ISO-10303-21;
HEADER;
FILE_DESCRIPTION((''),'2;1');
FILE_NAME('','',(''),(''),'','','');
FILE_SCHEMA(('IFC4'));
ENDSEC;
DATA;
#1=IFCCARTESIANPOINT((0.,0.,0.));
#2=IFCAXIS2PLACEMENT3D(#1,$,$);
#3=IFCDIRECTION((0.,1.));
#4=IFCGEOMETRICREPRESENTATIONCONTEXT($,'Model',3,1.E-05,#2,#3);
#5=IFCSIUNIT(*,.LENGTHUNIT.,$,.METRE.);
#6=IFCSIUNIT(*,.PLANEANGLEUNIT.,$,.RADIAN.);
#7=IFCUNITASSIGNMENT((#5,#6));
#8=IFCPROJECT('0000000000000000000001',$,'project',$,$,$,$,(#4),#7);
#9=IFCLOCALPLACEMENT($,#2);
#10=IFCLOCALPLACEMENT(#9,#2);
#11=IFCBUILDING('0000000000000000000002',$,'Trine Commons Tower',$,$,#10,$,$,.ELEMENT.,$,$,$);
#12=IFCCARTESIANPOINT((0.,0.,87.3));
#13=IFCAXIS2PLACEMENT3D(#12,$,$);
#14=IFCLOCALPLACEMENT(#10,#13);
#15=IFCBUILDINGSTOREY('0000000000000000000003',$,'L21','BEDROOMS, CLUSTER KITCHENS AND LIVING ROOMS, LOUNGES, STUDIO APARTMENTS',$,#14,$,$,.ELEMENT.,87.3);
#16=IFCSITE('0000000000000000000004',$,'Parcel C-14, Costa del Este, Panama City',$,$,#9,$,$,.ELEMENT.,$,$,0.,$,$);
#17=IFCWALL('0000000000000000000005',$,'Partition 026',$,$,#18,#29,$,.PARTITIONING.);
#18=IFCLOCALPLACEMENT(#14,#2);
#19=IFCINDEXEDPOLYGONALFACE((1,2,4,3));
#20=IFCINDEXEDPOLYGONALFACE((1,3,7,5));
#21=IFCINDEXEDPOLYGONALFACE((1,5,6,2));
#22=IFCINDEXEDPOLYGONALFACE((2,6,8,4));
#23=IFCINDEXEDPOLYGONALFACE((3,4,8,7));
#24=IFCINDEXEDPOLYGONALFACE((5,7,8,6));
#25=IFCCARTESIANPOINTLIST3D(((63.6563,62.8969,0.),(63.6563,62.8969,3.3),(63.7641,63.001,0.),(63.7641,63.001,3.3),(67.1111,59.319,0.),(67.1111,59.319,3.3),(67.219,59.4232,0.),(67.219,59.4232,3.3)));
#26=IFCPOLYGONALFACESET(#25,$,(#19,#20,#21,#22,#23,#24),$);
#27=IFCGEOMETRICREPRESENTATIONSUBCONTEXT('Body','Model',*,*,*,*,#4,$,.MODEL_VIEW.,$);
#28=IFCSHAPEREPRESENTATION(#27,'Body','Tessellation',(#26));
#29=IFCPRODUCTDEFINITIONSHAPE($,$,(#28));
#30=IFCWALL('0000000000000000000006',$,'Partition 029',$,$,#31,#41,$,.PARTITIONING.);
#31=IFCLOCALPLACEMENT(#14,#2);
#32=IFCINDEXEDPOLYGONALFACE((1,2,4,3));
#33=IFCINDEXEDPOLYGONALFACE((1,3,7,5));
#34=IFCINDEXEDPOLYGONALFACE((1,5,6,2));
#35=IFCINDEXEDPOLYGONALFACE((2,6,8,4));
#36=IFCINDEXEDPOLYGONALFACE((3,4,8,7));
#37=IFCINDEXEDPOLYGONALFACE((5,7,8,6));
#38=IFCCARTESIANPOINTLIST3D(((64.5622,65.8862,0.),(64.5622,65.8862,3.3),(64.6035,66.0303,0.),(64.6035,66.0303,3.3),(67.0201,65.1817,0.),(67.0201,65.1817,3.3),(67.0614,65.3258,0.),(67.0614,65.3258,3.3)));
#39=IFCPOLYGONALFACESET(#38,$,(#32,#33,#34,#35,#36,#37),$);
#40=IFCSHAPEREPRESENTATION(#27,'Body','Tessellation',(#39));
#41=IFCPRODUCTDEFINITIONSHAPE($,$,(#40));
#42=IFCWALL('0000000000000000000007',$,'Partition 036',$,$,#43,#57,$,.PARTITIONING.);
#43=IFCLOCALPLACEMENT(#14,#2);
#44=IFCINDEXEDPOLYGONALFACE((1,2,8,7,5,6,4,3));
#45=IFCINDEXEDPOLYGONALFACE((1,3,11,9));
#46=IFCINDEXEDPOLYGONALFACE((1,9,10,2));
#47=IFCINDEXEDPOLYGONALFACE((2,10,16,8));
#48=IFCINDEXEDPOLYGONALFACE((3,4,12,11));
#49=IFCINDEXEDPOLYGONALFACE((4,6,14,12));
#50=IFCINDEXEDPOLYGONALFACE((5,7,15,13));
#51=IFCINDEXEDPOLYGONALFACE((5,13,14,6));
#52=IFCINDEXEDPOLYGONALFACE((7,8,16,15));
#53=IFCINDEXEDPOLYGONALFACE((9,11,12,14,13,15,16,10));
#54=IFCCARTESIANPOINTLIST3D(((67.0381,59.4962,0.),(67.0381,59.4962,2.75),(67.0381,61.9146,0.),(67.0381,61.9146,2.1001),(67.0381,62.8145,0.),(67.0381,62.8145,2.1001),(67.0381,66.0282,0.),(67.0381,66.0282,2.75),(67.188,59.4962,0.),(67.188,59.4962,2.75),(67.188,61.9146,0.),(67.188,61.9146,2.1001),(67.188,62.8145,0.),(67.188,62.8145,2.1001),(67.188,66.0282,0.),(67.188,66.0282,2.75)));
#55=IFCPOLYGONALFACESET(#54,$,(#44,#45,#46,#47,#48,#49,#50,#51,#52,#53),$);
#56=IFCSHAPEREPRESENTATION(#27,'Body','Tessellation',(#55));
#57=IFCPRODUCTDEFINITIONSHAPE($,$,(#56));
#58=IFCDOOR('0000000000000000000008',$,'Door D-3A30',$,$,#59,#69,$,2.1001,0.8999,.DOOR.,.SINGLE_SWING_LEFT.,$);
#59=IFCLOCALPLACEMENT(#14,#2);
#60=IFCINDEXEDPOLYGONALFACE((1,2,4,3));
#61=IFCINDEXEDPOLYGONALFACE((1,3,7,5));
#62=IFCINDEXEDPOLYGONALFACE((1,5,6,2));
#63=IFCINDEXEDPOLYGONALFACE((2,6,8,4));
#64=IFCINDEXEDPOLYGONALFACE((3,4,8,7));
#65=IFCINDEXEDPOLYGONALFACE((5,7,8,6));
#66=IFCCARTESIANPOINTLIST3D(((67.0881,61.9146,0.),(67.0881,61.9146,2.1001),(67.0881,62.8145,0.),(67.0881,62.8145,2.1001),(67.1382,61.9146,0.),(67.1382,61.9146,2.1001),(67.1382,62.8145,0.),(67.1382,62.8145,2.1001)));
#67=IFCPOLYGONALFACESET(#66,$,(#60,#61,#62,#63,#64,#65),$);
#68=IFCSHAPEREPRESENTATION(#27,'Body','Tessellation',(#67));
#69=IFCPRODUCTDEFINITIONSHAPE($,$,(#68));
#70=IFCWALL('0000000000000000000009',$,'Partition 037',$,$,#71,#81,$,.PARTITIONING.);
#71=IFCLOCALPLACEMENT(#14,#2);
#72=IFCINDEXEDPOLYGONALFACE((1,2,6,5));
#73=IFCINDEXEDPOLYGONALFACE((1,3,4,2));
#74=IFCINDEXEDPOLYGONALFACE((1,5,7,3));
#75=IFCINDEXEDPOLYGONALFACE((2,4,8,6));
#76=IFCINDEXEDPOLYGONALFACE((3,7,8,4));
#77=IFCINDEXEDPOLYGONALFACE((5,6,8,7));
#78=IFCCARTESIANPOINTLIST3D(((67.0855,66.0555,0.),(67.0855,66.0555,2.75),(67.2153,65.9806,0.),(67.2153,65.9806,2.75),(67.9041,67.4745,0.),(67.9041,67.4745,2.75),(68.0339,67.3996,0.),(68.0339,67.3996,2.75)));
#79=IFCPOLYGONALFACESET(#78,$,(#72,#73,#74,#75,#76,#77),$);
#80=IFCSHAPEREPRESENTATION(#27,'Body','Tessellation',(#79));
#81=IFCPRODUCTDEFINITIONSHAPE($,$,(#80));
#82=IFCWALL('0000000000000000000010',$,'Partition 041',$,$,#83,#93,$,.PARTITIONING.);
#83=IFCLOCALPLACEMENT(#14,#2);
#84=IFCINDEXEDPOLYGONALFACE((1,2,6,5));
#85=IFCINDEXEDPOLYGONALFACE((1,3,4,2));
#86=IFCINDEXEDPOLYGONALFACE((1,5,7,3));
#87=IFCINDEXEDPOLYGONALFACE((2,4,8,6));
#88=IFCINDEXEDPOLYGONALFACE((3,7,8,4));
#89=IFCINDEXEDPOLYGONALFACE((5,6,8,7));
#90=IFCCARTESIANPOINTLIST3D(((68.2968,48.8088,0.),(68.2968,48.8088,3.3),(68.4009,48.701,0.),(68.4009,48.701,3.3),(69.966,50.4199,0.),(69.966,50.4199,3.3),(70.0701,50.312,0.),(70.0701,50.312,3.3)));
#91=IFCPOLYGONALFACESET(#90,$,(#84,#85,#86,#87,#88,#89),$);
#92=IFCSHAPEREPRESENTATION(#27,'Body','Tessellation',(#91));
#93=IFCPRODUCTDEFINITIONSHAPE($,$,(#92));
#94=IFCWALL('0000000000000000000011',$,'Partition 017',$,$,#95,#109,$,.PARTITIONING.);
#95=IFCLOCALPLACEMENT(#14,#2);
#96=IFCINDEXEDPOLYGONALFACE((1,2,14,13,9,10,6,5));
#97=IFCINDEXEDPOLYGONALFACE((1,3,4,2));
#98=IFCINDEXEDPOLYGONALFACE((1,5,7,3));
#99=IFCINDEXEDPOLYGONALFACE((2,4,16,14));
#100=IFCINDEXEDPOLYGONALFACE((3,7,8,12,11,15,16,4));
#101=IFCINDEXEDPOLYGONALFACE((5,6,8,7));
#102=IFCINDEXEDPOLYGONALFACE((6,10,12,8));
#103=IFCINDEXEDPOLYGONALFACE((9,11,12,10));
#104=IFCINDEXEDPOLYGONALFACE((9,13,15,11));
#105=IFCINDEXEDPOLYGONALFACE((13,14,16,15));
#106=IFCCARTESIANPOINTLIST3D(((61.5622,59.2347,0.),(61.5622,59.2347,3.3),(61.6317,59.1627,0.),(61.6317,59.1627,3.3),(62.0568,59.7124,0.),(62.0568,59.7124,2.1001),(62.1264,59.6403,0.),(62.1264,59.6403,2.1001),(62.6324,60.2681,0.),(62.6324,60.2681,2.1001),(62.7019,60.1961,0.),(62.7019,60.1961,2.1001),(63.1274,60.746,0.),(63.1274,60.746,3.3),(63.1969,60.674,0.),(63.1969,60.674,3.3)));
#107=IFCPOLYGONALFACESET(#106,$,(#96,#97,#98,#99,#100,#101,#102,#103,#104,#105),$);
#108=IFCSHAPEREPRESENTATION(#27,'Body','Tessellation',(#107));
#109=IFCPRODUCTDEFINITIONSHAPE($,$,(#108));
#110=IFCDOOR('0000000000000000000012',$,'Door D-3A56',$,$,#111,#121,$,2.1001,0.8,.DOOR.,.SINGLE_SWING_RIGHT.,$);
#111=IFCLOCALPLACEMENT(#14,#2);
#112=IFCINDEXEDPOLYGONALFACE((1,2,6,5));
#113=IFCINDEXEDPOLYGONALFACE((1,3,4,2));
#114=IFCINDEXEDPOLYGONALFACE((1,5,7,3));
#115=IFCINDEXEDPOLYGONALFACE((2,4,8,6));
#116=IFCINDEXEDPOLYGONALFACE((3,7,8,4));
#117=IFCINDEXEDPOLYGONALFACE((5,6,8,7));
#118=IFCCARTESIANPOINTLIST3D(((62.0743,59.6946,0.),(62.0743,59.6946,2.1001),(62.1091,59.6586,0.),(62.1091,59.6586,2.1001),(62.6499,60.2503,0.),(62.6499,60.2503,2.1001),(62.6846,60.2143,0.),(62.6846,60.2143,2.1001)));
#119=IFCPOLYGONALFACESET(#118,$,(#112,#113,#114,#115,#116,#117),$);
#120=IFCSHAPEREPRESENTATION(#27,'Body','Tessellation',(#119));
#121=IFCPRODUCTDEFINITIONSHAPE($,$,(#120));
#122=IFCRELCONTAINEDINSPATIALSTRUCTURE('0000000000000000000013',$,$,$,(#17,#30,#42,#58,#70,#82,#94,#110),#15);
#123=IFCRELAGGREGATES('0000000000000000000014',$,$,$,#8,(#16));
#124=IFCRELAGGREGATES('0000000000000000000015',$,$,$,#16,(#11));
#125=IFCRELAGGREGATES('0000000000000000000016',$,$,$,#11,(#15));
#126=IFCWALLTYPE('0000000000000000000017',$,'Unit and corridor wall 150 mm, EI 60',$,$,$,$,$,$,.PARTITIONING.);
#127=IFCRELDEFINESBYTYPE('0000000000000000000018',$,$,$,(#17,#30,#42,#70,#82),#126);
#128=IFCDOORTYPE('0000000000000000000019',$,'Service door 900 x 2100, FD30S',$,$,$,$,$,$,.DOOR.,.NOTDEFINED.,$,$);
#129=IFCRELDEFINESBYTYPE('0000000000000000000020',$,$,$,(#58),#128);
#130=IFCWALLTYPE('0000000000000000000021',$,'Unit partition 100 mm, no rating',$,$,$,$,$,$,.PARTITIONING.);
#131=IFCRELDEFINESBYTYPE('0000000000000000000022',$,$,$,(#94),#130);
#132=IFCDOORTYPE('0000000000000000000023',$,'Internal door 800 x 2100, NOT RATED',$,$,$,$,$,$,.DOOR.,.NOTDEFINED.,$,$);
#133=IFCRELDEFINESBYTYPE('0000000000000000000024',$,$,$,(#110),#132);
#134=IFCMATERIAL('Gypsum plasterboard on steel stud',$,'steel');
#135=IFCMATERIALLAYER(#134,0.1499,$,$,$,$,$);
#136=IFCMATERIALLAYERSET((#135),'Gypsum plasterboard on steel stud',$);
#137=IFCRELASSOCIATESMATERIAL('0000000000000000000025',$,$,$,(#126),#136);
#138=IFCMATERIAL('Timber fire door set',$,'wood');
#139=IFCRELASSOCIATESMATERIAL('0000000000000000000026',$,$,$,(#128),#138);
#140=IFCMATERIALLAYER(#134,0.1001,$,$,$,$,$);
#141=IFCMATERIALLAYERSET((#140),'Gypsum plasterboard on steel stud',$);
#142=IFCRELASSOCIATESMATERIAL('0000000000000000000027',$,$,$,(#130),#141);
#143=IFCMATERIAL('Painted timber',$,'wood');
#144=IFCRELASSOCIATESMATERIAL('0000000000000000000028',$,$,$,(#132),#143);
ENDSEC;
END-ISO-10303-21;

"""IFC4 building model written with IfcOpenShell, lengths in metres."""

from ifc_helpers import new_model, si_unit, direction, frame, frame_2d, origin, place, context, subcontext, project, spatial, rectangle, extrude, material, layer, layer_set, type_object, element, fill, save


model = new_model("IFC4")

# Units and contexts
model_context = context("Model", 3, precision=1e-05, world=origin(), true_north=direction((0.0, 1.0)))
body_context = subcontext(model_context, "Body", "Model", "MODEL_VIEW")
ifc_project = project(units=[si_unit("LENGTHUNIT", "METRE"), si_unit("PLANEANGLEUNIT", "RADIAN")], contexts=[model_context])

# Site, building, storey
site_placement = place(None, origin())
site = spatial("IfcSite", under=ifc_project, at=site_placement, Name="Parcel C-14, Costa del Este, Panama City", CompositionType="ELEMENT", RefElevation=0.0)
building_placement = place(site_placement, origin())
building = spatial("IfcBuilding", under=site, at=building_placement, Name="Trine Commons Tower", CompositionType="ELEMENT")
storey_placement = place(building_placement, frame((0.0, 0.0, 87.3)))
storey = spatial("IfcBuildingStorey", under=building, at=storey_placement, Name="L21", Description="BEDROOMS, CLUSTER KITCHENS AND LIVING ROOMS, LOUNGES, STUDIO APARTMENTS", CompositionType="ELEMENT", Elevation=87.3)

# Shared definitions
ifc_material_1 = material(Name="Gypsum plasterboard on steel stud", Category="steel")
ifc_layer_1 = layer(ifc_material_1, 0.1499)
ifc_layer_set_1 = layer_set([ifc_layer_1], Name="Gypsum plasterboard on steel stud")
wall_type_1 = type_object("IfcWallType", Name="Unit and corridor wall 150 mm, EI 60", PredefinedType="PARTITIONING", material=ifc_layer_set_1)
ifc_material_2 = material(Name="Timber fire door set", Category="wood")
ifc_material_3 = material(Name="Painted timber", Category="wood")

# Walls
wall_1_placement = place(storey_placement, frame((63.7102, 62.949, 0.0), z_axis=(0.0, 0.0, 1.0), x_axis=(0.694629, -0.719368, 0.0)))
element("IfcWall", 1, at=wall_1_placement, inside=storey, type_object=wall_type_1, Name="Partition 026", PredefinedType="PARTITIONING", context=body_context, shape_type="SweptSolid", body=[
    extrude(rectangle(XDim=4.9736, YDim=0.1499, at=frame_2d((2.4868, 0.0))), origin(), (0.0, 0.0, 1.0), 3.3),
])
wall_2_placement = place(storey_placement, frame((64.583, 65.9583, 0.0), z_axis=(0.0, 0.0, 1.0), x_axis=(0.961286, -0.275553, 0.0)))
element("IfcWall", 2, at=wall_2_placement, inside=storey, type_object=wall_type_1, Name="Partition 029", PredefinedType="PARTITIONING", context=body_context, shape_type="SweptSolid", body=[
    extrude(rectangle(XDim=2.5569, YDim=0.1499, at=frame_2d((1.2783, 0.0))), origin(), (0.0, 0.0, 1.0), 3.3),
])

# Wall, opening, door
wall_3_placement = place(storey_placement, frame((67.113, 59.4961, 0.0), z_axis=(0.0, 0.0, 1.0), x_axis=(0.0, 1.0, 0.0)))
wall_3 = element("IfcWall", 3, at=wall_3_placement, inside=storey, type_object=wall_type_1, Name="Partition 036", PredefinedType="PARTITIONING", context=body_context, shape_type="SweptSolid", body=[
    extrude(rectangle(XDim=6.532, YDim=0.1499, at=frame_2d((3.2661, 0.0))), origin(), (0.0, 0.0, 1.0), 2.75),
])
opening_1_placement = place(wall_3_placement, frame((2.4185, 0.0, 0.0)))
opening_1 = element("IfcOpeningElement", 4, at=opening_1_placement, cuts=wall_3, PredefinedType="OPENING", context=body_context, shape_type="SweptSolid", body=[
    extrude(rectangle(XDim=0.8999, YDim=2.1001, at=frame_2d((0.45, 1.05))), frame((0.0, 0.085, 0.0), z_axis=(0.0, -1.0, 0.0), x_axis=(1.0, 0.0, 0.0)), (0.0, 0.0, 1.0), 0.1699),
])
door_type_1 = type_object("IfcDoorType", Name="Service door 900 x 2100, FD30S", OperationType="NOTDEFINED", PredefinedType="DOOR", material=ifc_material_2)
door_1_placement = place(opening_1_placement, origin())
door_1 = element("IfcDoor", 5, at=door_1_placement, inside=storey, type_object=door_type_1, Name="Door D-3A30", OperationType="SINGLE_SWING_LEFT", OverallHeight=2.1001, OverallWidth=0.8999, PredefinedType="DOOR", context=body_context, shape_type="SweptSolid", body=[
    extrude(rectangle(XDim=0.8999, YDim=2.1001, at=frame_2d((0.45, 1.05))), frame((0.0, 0.0249, 0.0), z_axis=(0.0, -1.0, 0.0), x_axis=(1.0, 0.0, 0.0)), (0.0, 0.0, 1.0), 0.05),
])
fill(opening_1, door_1)

# Walls
wall_4_placement = place(storey_placement, frame((67.1504, 66.0181, 0.0), z_axis=(0.0, 0.0, 1.0), x_axis=(0.499714, 0.866191, 0.0)))
element("IfcWall", 6, at=wall_4_placement, inside=storey, type_object=wall_type_1, Name="Partition 037", PredefinedType="PARTITIONING", context=body_context, shape_type="SweptSolid", body=[
    extrude(rectangle(XDim=1.6382, YDim=0.1499, at=frame_2d((0.8191, 0.0))), origin(), (0.0, 0.0, 1.0), 2.75),
])
wall_5_placement = place(storey_placement, frame((68.3489, 48.7549, 0.0), z_axis=(0.0, 0.0, 1.0), x_axis=(0.719519, 0.694472, 0.0)))
element("IfcWall", 7, at=wall_5_placement, inside=storey, type_object=wall_type_1, Name="Partition 041", PredefinedType="PARTITIONING", context=body_context, shape_type="SweptSolid", body=[
    extrude(rectangle(XDim=2.3198, YDim=0.1499, at=frame_2d((1.1599, 0.0))), origin(), (0.0, 0.0, 1.0), 3.3),
])

# Wall, opening, door
ifc_layer_2 = layer(ifc_material_1, 0.1001)
ifc_layer_set_2 = layer_set([ifc_layer_2], Name="Gypsum plasterboard on steel stud")
wall_type_2 = type_object("IfcWallType", Name="Unit partition 100 mm, no rating", PredefinedType="PARTITIONING", material=ifc_layer_set_2)
wall_6_placement = place(storey_placement, frame((61.5969, 59.1987, 0.0), z_axis=(0.0, 0.0, 1.0), x_axis=(0.719398, 0.694599, 0.0)))
wall_6 = element("IfcWall", 8, at=wall_6_placement, inside=storey, type_object=wall_type_2, Name="Partition 017", PredefinedType="PARTITIONING", context=body_context, shape_type="SweptSolid", body=[
    extrude(rectangle(XDim=2.1758, YDim=0.1001, at=frame_2d((1.0879, 0.0))), origin(), (0.0, 0.0, 1.0), 3.3),
])
opening_2_placement = place(wall_6_placement, frame((0.6877, 0.0, 0.0)))
opening_2 = element("IfcOpeningElement", 9, at=opening_2_placement, cuts=wall_6, PredefinedType="OPENING", context=body_context, shape_type="SweptSolid", body=[
    extrude(rectangle(XDim=0.8, YDim=2.1001, at=frame_2d((0.3999, 1.05))), frame((0.0, 0.0601, 0.0), z_axis=(0.0, -1.0, 0.0), x_axis=(1.0, 0.0, 0.0)), (0.0, 0.0, 1.0), 0.1201),
])
door_type_2 = type_object("IfcDoorType", Name="Internal door 800 x 2100, NOT RATED", OperationType="NOTDEFINED", PredefinedType="DOOR", material=ifc_material_3)
door_2_placement = place(opening_2_placement, frame((0.8, 0.0, 0.0), z_axis=(0.0, 0.0, 1.0), x_axis=(-1.0, 0.0, 0.0)))
door_2 = element("IfcDoor", 10, at=door_2_placement, inside=storey, type_object=door_type_2, Name="Door D-3A56", OperationType="SINGLE_SWING_RIGHT", OverallHeight=2.1001, OverallWidth=0.8, PredefinedType="DOOR", context=body_context, shape_type="SweptSolid", body=[
    extrude(rectangle(XDim=0.8, YDim=2.1001, at=frame_2d((0.3999, 1.05))), frame((0.0, 0.0249, 0.0), z_axis=(0.0, -1.0, 0.0), x_axis=(1.0, 0.0, 0.0)), (0.0, 0.0, 1.0), 0.05),
])
fill(opening_2, door_2)

save(model, "model.ifc")
